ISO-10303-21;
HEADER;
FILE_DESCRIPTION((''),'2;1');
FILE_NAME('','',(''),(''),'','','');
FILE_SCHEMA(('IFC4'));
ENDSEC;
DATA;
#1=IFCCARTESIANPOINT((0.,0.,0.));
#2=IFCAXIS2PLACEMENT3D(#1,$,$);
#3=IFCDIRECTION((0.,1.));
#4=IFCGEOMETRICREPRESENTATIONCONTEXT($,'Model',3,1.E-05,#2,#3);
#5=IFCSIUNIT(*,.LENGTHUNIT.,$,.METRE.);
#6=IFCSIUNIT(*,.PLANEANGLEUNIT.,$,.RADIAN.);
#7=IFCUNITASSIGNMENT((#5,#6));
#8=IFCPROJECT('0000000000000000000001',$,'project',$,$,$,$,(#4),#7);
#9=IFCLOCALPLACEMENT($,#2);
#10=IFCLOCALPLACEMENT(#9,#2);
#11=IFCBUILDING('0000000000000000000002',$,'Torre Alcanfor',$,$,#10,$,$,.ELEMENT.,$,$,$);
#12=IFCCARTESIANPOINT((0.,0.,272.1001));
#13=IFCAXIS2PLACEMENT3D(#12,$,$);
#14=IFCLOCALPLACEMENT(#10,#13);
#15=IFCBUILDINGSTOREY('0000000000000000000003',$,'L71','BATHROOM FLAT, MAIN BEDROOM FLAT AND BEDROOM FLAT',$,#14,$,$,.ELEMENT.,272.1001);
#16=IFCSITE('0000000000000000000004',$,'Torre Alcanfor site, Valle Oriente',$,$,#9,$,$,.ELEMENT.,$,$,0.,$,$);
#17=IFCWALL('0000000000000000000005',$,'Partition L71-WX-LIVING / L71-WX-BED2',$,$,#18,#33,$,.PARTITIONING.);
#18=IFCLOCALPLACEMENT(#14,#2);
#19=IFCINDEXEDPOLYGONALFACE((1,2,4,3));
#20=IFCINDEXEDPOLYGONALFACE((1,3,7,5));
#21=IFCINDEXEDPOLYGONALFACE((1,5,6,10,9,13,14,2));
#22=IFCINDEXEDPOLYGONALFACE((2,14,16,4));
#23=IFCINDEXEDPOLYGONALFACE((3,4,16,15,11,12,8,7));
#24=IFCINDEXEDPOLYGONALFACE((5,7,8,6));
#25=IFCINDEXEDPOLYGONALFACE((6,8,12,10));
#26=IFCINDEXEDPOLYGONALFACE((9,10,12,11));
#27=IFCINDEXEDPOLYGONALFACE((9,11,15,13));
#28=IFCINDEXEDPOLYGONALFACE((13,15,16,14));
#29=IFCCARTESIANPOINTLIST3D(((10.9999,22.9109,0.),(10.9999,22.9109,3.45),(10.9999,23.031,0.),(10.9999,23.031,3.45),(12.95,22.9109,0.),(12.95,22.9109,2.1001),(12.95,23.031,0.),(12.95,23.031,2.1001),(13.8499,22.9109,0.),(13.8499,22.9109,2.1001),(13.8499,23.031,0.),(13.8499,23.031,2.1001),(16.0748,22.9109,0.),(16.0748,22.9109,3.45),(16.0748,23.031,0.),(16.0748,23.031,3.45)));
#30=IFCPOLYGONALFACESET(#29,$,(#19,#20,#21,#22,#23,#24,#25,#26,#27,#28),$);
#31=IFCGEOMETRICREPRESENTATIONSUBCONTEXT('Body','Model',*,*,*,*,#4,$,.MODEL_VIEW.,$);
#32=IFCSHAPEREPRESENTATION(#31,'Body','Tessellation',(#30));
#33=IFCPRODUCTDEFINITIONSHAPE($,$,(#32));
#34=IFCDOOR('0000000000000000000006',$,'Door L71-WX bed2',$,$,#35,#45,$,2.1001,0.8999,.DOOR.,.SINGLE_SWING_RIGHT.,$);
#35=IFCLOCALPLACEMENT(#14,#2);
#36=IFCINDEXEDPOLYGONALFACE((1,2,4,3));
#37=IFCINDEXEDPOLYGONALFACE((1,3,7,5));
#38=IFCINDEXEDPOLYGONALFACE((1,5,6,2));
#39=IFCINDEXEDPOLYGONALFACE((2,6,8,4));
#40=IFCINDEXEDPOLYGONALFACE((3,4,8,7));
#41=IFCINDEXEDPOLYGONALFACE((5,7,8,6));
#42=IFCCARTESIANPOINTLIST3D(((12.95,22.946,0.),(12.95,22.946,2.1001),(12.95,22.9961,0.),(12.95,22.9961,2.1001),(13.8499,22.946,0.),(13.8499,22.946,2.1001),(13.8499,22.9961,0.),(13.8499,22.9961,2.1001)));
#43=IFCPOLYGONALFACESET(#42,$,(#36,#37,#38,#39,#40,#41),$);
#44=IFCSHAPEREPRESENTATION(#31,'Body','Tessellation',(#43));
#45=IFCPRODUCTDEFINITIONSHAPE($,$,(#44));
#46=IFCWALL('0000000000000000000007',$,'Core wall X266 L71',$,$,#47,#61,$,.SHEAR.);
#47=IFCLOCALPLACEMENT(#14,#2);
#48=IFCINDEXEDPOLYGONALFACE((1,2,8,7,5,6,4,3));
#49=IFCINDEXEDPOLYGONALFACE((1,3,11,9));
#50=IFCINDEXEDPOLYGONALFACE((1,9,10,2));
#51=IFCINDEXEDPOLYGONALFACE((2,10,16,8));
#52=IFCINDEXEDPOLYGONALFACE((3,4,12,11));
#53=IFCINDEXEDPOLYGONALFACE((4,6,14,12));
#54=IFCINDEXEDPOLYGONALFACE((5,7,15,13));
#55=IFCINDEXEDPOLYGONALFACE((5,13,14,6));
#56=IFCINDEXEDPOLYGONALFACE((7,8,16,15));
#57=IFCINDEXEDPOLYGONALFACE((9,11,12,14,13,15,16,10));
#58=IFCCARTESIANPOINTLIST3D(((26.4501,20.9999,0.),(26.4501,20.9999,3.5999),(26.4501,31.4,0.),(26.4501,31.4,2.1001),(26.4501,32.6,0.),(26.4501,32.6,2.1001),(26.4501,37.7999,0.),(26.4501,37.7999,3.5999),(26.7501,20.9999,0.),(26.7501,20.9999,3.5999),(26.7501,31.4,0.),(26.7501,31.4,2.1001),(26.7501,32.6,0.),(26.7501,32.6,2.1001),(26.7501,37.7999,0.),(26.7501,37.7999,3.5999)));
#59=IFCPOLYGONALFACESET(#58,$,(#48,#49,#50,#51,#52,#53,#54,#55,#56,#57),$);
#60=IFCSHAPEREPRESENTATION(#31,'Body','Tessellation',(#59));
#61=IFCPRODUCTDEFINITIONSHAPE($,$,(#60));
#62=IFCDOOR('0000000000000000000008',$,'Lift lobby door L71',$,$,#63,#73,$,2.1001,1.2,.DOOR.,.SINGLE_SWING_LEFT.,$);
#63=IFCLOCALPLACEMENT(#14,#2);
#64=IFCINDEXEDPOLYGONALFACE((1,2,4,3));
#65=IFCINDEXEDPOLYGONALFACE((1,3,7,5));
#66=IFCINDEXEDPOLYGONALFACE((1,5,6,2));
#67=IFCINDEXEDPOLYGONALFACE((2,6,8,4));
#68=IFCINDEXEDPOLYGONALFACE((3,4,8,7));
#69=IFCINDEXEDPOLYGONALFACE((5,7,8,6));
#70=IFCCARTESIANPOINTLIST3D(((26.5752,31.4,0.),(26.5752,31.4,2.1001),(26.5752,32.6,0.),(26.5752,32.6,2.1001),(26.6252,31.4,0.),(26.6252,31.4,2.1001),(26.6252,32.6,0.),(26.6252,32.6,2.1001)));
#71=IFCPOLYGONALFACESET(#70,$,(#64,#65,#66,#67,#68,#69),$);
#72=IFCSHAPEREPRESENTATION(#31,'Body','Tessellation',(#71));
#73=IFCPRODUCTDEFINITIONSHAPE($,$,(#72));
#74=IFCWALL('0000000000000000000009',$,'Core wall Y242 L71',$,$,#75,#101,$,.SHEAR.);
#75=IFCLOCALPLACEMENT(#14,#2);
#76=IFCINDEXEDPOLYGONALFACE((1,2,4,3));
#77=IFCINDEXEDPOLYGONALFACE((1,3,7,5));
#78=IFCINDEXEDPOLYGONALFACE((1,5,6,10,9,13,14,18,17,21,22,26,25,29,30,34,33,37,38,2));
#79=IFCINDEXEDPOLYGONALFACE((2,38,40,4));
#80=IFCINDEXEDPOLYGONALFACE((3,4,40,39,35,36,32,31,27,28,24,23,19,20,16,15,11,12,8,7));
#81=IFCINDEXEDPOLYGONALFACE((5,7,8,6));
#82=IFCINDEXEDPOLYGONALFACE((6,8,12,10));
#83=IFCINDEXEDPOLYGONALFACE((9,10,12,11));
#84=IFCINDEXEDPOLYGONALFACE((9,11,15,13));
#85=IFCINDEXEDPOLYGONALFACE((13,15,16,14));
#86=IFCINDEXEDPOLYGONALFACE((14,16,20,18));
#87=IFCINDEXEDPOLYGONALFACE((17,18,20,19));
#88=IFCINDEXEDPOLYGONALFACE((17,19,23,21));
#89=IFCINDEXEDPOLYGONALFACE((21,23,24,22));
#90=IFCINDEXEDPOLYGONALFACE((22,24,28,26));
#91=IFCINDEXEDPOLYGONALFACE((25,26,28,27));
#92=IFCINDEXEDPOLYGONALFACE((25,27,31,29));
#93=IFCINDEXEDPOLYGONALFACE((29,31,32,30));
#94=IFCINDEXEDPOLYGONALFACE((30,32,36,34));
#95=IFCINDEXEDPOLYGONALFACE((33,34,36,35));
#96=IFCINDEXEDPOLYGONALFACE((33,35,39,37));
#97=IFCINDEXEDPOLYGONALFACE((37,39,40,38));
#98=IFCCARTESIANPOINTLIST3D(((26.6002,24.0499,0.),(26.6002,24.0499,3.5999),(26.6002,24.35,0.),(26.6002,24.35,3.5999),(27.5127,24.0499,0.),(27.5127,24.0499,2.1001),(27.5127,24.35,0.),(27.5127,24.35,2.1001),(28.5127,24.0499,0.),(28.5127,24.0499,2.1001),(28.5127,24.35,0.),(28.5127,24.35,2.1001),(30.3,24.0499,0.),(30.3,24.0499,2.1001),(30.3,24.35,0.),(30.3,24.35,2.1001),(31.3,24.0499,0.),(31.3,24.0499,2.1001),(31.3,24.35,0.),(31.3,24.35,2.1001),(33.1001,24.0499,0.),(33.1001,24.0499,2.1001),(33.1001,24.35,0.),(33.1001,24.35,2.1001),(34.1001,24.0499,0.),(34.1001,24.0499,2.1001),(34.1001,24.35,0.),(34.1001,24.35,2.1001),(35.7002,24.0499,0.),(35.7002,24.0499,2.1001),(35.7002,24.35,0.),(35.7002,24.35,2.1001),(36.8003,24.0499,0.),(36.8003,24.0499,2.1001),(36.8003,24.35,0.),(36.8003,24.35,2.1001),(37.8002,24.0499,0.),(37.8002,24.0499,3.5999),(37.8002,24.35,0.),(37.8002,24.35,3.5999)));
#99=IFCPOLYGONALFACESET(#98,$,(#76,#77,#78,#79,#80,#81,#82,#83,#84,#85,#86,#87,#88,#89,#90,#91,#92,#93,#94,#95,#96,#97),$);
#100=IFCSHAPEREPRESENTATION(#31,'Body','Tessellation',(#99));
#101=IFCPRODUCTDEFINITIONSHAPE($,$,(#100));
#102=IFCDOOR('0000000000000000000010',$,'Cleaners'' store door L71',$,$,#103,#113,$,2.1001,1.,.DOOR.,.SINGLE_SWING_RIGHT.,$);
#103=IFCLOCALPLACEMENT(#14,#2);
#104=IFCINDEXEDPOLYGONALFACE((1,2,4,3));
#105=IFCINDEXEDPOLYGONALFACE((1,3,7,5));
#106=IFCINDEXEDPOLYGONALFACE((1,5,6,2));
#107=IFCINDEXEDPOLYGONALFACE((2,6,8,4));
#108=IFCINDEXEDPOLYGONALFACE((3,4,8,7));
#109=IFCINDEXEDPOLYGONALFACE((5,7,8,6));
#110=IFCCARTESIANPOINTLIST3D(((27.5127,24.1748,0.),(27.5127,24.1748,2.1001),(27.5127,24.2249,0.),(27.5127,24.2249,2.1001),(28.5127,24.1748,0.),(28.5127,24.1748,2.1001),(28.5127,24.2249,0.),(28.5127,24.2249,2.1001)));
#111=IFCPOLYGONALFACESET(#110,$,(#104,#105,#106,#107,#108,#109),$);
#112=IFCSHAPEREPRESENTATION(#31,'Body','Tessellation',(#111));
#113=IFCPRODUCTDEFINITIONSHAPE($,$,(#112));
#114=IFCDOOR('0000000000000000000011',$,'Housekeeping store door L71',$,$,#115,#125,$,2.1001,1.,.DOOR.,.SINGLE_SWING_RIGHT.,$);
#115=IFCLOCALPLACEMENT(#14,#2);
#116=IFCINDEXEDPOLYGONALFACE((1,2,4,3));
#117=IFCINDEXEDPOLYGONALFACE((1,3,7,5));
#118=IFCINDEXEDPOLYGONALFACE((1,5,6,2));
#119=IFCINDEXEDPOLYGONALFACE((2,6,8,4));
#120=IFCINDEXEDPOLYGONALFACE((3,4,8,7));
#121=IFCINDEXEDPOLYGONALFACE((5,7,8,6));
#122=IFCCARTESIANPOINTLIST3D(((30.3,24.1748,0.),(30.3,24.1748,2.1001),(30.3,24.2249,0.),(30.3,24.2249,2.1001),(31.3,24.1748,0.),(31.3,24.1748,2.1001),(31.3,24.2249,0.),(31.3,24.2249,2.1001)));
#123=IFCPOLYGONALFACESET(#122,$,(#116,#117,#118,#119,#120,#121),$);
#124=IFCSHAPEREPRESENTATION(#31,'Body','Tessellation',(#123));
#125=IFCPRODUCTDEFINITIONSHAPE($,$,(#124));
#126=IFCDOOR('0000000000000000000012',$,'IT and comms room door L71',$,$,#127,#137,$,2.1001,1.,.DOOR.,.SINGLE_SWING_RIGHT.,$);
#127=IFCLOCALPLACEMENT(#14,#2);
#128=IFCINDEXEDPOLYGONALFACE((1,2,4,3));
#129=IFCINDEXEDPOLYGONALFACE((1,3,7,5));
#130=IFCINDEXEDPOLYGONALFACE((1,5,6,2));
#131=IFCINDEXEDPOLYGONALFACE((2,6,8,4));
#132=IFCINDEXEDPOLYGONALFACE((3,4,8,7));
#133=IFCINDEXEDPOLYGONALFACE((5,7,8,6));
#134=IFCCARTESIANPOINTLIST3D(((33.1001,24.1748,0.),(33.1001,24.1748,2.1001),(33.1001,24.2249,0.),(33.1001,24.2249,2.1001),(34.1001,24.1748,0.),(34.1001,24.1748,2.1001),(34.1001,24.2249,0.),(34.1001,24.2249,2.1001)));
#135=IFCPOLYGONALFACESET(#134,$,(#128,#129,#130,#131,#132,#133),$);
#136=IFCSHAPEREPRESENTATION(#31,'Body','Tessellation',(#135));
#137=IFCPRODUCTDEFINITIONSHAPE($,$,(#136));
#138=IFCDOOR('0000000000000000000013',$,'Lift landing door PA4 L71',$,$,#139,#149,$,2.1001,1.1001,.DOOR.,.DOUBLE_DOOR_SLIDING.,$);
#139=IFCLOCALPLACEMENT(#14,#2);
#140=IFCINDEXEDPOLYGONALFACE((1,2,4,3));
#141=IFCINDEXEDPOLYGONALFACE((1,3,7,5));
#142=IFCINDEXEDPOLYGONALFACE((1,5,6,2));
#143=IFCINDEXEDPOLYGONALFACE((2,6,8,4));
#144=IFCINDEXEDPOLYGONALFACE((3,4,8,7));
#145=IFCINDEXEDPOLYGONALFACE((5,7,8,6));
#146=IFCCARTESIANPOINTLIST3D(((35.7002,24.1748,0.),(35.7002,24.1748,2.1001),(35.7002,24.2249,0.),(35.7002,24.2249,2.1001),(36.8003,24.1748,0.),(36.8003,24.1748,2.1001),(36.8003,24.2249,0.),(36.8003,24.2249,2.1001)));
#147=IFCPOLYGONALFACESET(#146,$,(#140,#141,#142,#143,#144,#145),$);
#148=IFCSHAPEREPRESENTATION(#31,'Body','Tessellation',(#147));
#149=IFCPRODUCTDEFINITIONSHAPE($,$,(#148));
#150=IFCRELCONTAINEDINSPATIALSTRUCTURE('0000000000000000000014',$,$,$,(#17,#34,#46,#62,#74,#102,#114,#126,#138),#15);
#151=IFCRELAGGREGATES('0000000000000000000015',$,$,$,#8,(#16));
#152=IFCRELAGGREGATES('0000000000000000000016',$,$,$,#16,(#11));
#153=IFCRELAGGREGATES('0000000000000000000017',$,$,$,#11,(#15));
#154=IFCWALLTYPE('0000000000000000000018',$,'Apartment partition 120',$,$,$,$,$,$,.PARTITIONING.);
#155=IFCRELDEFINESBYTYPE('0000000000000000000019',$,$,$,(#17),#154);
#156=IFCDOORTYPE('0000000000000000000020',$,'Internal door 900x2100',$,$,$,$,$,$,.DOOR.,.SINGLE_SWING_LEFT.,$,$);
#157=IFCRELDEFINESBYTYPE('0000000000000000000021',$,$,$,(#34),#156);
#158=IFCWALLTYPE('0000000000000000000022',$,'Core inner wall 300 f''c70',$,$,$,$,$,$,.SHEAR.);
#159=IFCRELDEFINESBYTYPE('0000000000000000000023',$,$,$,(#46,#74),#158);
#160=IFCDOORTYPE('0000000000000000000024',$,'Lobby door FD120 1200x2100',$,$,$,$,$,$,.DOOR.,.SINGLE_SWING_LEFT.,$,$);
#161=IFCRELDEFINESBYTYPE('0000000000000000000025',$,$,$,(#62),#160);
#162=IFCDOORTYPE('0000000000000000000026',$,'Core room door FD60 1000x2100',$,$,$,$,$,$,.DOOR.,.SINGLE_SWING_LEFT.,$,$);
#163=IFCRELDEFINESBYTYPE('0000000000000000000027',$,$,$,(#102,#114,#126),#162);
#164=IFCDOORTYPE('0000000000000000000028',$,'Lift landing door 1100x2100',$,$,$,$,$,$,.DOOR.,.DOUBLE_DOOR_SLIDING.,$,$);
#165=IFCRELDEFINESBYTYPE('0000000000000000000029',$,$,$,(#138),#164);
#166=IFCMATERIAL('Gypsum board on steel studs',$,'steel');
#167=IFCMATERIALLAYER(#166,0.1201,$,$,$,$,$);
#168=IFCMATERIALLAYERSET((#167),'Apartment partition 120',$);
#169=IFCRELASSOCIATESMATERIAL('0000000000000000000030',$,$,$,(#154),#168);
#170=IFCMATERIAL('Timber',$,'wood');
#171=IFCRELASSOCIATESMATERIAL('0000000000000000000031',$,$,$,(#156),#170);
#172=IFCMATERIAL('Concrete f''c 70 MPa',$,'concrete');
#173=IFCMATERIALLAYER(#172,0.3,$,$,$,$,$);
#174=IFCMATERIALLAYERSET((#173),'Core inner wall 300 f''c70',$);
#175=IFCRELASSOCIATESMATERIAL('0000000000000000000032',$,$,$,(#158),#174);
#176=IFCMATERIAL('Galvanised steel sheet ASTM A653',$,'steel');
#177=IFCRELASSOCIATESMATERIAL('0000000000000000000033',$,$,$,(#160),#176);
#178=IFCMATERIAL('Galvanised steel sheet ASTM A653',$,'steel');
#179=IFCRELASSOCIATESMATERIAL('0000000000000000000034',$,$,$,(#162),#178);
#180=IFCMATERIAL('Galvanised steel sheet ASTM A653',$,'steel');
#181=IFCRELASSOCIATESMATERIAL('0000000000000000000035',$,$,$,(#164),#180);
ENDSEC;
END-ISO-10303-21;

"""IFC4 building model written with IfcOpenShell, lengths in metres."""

from ifc_helpers import new_model, si_unit, direction, frame, frame_2d, origin, place, context, subcontext, project, spatial, rectangle, extrude, material, layer, layer_set, type_object, element, fill, save


model = new_model("IFC4")

# Units and contexts
model_context = context("Model", 3, precision=1e-05, world=origin(), true_north=direction((0.0, 1.0)))
body_context = subcontext(model_context, "Body", "Model", "MODEL_VIEW")
ifc_project = project(units=[si_unit("LENGTHUNIT", "METRE"), si_unit("PLANEANGLEUNIT", "RADIAN")], contexts=[model_context])

# Site, building, storey
site_placement = place(None, origin())
site = spatial("IfcSite", under=ifc_project, at=site_placement, Name="Torre Alcanfor site, Valle Oriente", CompositionType="ELEMENT", RefElevation=0.0)
building_placement = place(site_placement, origin())
building = spatial("IfcBuilding", under=site, at=building_placement, Name="Torre Alcanfor", CompositionType="ELEMENT")
storey_placement = place(building_placement, frame((0.0, 0.0, 272.1001)))
storey = spatial("IfcBuildingStorey", under=building, at=storey_placement, Name="L71", Description="BATHROOM FLAT, MAIN BEDROOM FLAT AND BEDROOM FLAT", CompositionType="ELEMENT", Elevation=272.1001)

# Walls, openings, doors
ifc_material_1 = material(Name="Gypsum board on steel studs", Category="steel")
ifc_layer_1 = layer(ifc_material_1, 0.1201)
ifc_layer_set_1 = layer_set([ifc_layer_1], Name="Apartment partition 120")
wall_type_1 = type_object("IfcWallType", Name="Apartment partition 120", PredefinedType="PARTITIONING", material=ifc_layer_set_1)
wall_1_placement = place(storey_placement, frame((16.075, 22.9709, 0.0), z_axis=(0.0, 0.0, 1.0), x_axis=(-1.0, 0.0, 0.0)))
wall_1 = element("IfcWall", 1, at=wall_1_placement, inside=storey, type_object=wall_type_1, Name="Partition L71-WX-LIVING / L71-WX-BED2", PredefinedType="PARTITIONING", context=body_context, shape_type="SweptSolid", body=[
    extrude(rectangle(XDim=5.075, YDim=0.1201, at=frame_2d((2.5376, 0.0))), origin(), (0.0, 0.0, 1.0), 3.45),
])
opening_1_placement = place(wall_1_placement, frame((2.2251, 0.0, 0.0)))
opening_1 = element("IfcOpeningElement", 2, at=opening_1_placement, cuts=wall_1, PredefinedType="OPENING", context=body_context, shape_type="SweptSolid", body=[
    extrude(rectangle(XDim=0.8999, YDim=2.1001, at=frame_2d((0.45, 1.05))), frame((0.0, 0.0701, 0.0), z_axis=(0.0, -1.0, 0.0), x_axis=(1.0, 0.0, 0.0)), (0.0, 0.0, 1.0), 0.1401),
])
ifc_material_2 = material(Name="Timber", Category="wood")
door_type_1 = type_object("IfcDoorType", Name="Internal door 900x2100", OperationType="SINGLE_SWING_LEFT", PredefinedType="DOOR", material=ifc_material_2)
door_1_placement = place(opening_1_placement, origin())
door_1 = element("IfcDoor", 3, at=door_1_placement, inside=storey, type_object=door_type_1, Name="Door L71-WX bed2", OperationType="SINGLE_SWING_RIGHT", OverallHeight=2.1001, OverallWidth=0.8999, PredefinedType="DOOR", context=body_context, shape_type="SweptSolid", body=[
    extrude(rectangle(XDim=0.8999, YDim=2.1001, at=frame_2d((0.45, 1.05))), frame((0.0, 0.0249, 0.0), z_axis=(0.0, -1.0, 0.0), x_axis=(1.0, 0.0, 0.0)), (0.0, 0.0, 1.0), 0.05),
])
fill(opening_1, door_1)
ifc_material_3 = material(Name="Concrete f'c 70 MPa", Category="concrete")
ifc_layer_2 = layer(ifc_material_3, 0.3)
ifc_layer_set_2 = layer_set([ifc_layer_2], Name="Core inner wall 300 f'c70")
wall_type_2 = type_object("IfcWallType", Name="Core inner wall 300 f'c70", PredefinedType="SHEAR", material=ifc_layer_set_2)
wall_2_placement = place(storey_placement, frame((26.6001, 21.0, 0.0), z_axis=(0.0, 0.0, 1.0), x_axis=(0.0, 1.0, 0.0)))
wall_2 = element("IfcWall", 4, at=wall_2_placement, inside=storey, type_object=wall_type_2, Name="Core wall X266 L71", PredefinedType="SHEAR", context=body_context, shape_type="SweptSolid", body=[
    extrude(rectangle(XDim=16.8, YDim=0.3, at=frame_2d((8.3999, 0.0))), origin(), (0.0, 0.0, 1.0), 3.5999),
])
opening_2_placement = place(wall_2_placement, frame((10.3999, 0.0, 0.0)))
opening_2 = element("IfcOpeningElement", 5, at=opening_2_placement, cuts=wall_2, PredefinedType="OPENING", context=body_context, shape_type="SweptSolid", body=[
    extrude(rectangle(XDim=1.2, YDim=2.1001, at=frame_2d((0.6001, 1.05))), frame((0.0, 0.1599, 0.0), z_axis=(0.0, -1.0, 0.0), x_axis=(1.0, 0.0, 0.0)), (0.0, 0.0, 1.0), 0.3201),
])
ifc_material_4 = material(Name="Galvanised steel sheet ASTM A653", Category="steel")
door_type_2 = type_object("IfcDoorType", Name="Lobby door FD120 1200x2100", OperationType="SINGLE_SWING_LEFT", PredefinedType="DOOR", material=ifc_material_4)
door_2_placement = place(opening_2_placement, origin())
door_2 = element("IfcDoor", 6, at=door_2_placement, inside=storey, type_object=door_type_2, Name="Lift lobby door L71", OperationType="SINGLE_SWING_LEFT", OverallHeight=2.1001, OverallWidth=1.2, PredefinedType="DOOR", context=body_context, shape_type="SweptSolid", body=[
    extrude(rectangle(XDim=1.2, YDim=2.1001, at=frame_2d((0.6001, 1.05))), frame((0.0, 0.0249, 0.0), z_axis=(0.0, -1.0, 0.0), x_axis=(1.0, 0.0, 0.0)), (0.0, 0.0, 1.0), 0.05),
])
fill(opening_2, door_2)

# Wall, openings, doors
wall_3_placement = place(storey_placement, frame((26.6001, 24.2, 0.0), z_axis=(0.0, 0.0, 1.0), x_axis=(1.0, 0.0, 0.0)))
wall_3 = element("IfcWall", 7, at=wall_3_placement, inside=storey, type_object=wall_type_2, Name="Core wall Y242 L71", PredefinedType="SHEAR", context=body_context, shape_type="SweptSolid", body=[
    extrude(rectangle(XDim=11.2, YDim=0.3, at=frame_2d((5.6001, 0.0))), origin(), (0.0, 0.0, 1.0), 3.5999),
])
opening_3_placement = place(wall_3_placement, frame((0.9126, 0.0, 0.0)))
opening_3 = element("IfcOpeningElement", 8, at=opening_3_placement, cuts=wall_3, PredefinedType="OPENING", context=body_context, shape_type="SweptSolid", body=[
    extrude(rectangle(XDim=1.0, YDim=2.1001, at=frame_2d((0.5, 1.05))), frame((0.0, 0.1599, 0.0), z_axis=(0.0, -1.0, 0.0), x_axis=(1.0, 0.0, 0.0)), (0.0, 0.0, 1.0), 0.3201),
])
opening_4_placement = place(wall_3_placement, frame((3.7, 0.0, 0.0)))
opening_4 = element("IfcOpeningElement", 9, at=opening_4_placement, cuts=wall_3, PredefinedType="OPENING", context=body_context, shape_type="SweptSolid", body=[
    extrude(rectangle(XDim=1.0, YDim=2.1001, at=frame_2d((0.5, 1.05))), frame((0.0, 0.1599, 0.0), z_axis=(0.0, -1.0, 0.0), x_axis=(1.0, 0.0, 0.0)), (0.0, 0.0, 1.0), 0.3201),
])
opening_5_placement = place(wall_3_placement, frame((6.5, 0.0, 0.0)))
opening_5 = element("IfcOpeningElement", 10, at=opening_5_placement, cuts=wall_3, PredefinedType="OPENING", context=body_context, shape_type="SweptSolid", body=[
    extrude(rectangle(XDim=1.0, YDim=2.1001, at=frame_2d((0.5, 1.05))), frame((0.0, 0.1599, 0.0), z_axis=(0.0, -1.0, 0.0), x_axis=(1.0, 0.0, 0.0)), (0.0, 0.0, 1.0), 0.3201),
])
opening_6_placement = place(wall_3_placement, frame((9.1001, 0.0, 0.0)))
opening_6 = element("IfcOpeningElement", 11, at=opening_6_placement, cuts=wall_3, PredefinedType="OPENING", context=body_context, shape_type="SweptSolid", body=[
    extrude(rectangle(XDim=1.1001, YDim=2.1001, at=frame_2d((0.55, 1.05))), frame((0.0, 0.1599, 0.0), z_axis=(0.0, -1.0, 0.0), x_axis=(1.0, 0.0, 0.0)), (0.0, 0.0, 1.0), 0.3201),
])
ifc_material_5 = material(Name="Galvanised steel sheet ASTM A653", Category="steel")
door_type_3 = type_object("IfcDoorType", Name="Core room door FD60 1000x2100", OperationType="SINGLE_SWING_LEFT", PredefinedType="DOOR", material=ifc_material_5)
door_3_placement = place(opening_3_placement, frame((1.0, 0.0, 0.0), z_axis=(0.0, 0.0, 1.0), x_axis=(-1.0, 0.0, 0.0)))
door_3 = element("IfcDoor", 12, at=door_3_placement, inside=storey, type_object=door_type_3, Name="Cleaners' store door L71", OperationType="SINGLE_SWING_RIGHT", OverallHeight=2.1001, OverallWidth=1.0, PredefinedType="DOOR", context=body_context, shape_type="SweptSolid", body=[
    extrude(rectangle(XDim=1.0, YDim=2.1001, at=frame_2d((0.5, 1.05))), frame((0.0, 0.0251, 0.0), z_axis=(0.0, -1.0, 0.0), x_axis=(1.0, 0.0, 0.0)), (0.0, 0.0, 1.0), 0.05),
])
fill(opening_3, door_3)
door_4_placement = place(opening_4_placement, frame((1.0, 0.0, 0.0), z_axis=(0.0, 0.0, 1.0), x_axis=(-1.0, 0.0, 0.0)))
door_4 = element("IfcDoor", 13, at=door_4_placement, inside=storey, type_object=door_type_3, Name="Housekeeping store door L71", OperationType="SINGLE_SWING_RIGHT", OverallHeight=2.1001, OverallWidth=1.0, PredefinedType="DOOR", context=body_context, shape_type="SweptSolid", body=[
    extrude(rectangle(XDim=1.0, YDim=2.1001, at=frame_2d((0.5, 1.05))), frame((0.0, 0.0251, 0.0), z_axis=(0.0, -1.0, 0.0), x_axis=(1.0, 0.0, 0.0)), (0.0, 0.0, 1.0), 0.05),
])
fill(opening_4, door_4)
door_5_placement = place(opening_5_placement, frame((1.0, 0.0, 0.0), z_axis=(0.0, 0.0, 1.0), x_axis=(-1.0, 0.0, 0.0)))
door_5 = element("IfcDoor", 14, at=door_5_placement, inside=storey, type_object=door_type_3, Name="IT and comms room door L71", OperationType="SINGLE_SWING_RIGHT", OverallHeight=2.1001, OverallWidth=1.0, PredefinedType="DOOR", context=body_context, shape_type="SweptSolid", body=[
    extrude(rectangle(XDim=1.0, YDim=2.1001, at=frame_2d((0.5, 1.05))), frame((0.0, 0.0251, 0.0), z_axis=(0.0, -1.0, 0.0), x_axis=(1.0, 0.0, 0.0)), (0.0, 0.0, 1.0), 0.05),
])
fill(opening_5, door_5)
ifc_material_6 = material(Name="Galvanised steel sheet ASTM A653", Category="steel")
door_type_4 = type_object("IfcDoorType", Name="Lift landing door 1100x2100", OperationType="DOUBLE_DOOR_SLIDING", PredefinedType="DOOR", material=ifc_material_6)
door_6_placement = place(opening_6_placement, origin())
door_6 = element("IfcDoor", 15, at=door_6_placement, inside=storey, type_object=door_type_4, Name="Lift landing door PA4 L71", OperationType="DOUBLE_DOOR_SLIDING", OverallHeight=2.1001, OverallWidth=1.1001, PredefinedType="DOOR", context=body_context, shape_type="SweptSolid", body=[
    extrude(rectangle(XDim=1.1001, YDim=2.1001, at=frame_2d((0.55, 1.05))), frame((0.0, 0.0249, 0.0), z_axis=(0.0, -1.0, 0.0), x_axis=(1.0, 0.0, 0.0)), (0.0, 0.0, 1.0), 0.05),
])
fill(opening_6, door_6)

save(model, "model.ifc")
